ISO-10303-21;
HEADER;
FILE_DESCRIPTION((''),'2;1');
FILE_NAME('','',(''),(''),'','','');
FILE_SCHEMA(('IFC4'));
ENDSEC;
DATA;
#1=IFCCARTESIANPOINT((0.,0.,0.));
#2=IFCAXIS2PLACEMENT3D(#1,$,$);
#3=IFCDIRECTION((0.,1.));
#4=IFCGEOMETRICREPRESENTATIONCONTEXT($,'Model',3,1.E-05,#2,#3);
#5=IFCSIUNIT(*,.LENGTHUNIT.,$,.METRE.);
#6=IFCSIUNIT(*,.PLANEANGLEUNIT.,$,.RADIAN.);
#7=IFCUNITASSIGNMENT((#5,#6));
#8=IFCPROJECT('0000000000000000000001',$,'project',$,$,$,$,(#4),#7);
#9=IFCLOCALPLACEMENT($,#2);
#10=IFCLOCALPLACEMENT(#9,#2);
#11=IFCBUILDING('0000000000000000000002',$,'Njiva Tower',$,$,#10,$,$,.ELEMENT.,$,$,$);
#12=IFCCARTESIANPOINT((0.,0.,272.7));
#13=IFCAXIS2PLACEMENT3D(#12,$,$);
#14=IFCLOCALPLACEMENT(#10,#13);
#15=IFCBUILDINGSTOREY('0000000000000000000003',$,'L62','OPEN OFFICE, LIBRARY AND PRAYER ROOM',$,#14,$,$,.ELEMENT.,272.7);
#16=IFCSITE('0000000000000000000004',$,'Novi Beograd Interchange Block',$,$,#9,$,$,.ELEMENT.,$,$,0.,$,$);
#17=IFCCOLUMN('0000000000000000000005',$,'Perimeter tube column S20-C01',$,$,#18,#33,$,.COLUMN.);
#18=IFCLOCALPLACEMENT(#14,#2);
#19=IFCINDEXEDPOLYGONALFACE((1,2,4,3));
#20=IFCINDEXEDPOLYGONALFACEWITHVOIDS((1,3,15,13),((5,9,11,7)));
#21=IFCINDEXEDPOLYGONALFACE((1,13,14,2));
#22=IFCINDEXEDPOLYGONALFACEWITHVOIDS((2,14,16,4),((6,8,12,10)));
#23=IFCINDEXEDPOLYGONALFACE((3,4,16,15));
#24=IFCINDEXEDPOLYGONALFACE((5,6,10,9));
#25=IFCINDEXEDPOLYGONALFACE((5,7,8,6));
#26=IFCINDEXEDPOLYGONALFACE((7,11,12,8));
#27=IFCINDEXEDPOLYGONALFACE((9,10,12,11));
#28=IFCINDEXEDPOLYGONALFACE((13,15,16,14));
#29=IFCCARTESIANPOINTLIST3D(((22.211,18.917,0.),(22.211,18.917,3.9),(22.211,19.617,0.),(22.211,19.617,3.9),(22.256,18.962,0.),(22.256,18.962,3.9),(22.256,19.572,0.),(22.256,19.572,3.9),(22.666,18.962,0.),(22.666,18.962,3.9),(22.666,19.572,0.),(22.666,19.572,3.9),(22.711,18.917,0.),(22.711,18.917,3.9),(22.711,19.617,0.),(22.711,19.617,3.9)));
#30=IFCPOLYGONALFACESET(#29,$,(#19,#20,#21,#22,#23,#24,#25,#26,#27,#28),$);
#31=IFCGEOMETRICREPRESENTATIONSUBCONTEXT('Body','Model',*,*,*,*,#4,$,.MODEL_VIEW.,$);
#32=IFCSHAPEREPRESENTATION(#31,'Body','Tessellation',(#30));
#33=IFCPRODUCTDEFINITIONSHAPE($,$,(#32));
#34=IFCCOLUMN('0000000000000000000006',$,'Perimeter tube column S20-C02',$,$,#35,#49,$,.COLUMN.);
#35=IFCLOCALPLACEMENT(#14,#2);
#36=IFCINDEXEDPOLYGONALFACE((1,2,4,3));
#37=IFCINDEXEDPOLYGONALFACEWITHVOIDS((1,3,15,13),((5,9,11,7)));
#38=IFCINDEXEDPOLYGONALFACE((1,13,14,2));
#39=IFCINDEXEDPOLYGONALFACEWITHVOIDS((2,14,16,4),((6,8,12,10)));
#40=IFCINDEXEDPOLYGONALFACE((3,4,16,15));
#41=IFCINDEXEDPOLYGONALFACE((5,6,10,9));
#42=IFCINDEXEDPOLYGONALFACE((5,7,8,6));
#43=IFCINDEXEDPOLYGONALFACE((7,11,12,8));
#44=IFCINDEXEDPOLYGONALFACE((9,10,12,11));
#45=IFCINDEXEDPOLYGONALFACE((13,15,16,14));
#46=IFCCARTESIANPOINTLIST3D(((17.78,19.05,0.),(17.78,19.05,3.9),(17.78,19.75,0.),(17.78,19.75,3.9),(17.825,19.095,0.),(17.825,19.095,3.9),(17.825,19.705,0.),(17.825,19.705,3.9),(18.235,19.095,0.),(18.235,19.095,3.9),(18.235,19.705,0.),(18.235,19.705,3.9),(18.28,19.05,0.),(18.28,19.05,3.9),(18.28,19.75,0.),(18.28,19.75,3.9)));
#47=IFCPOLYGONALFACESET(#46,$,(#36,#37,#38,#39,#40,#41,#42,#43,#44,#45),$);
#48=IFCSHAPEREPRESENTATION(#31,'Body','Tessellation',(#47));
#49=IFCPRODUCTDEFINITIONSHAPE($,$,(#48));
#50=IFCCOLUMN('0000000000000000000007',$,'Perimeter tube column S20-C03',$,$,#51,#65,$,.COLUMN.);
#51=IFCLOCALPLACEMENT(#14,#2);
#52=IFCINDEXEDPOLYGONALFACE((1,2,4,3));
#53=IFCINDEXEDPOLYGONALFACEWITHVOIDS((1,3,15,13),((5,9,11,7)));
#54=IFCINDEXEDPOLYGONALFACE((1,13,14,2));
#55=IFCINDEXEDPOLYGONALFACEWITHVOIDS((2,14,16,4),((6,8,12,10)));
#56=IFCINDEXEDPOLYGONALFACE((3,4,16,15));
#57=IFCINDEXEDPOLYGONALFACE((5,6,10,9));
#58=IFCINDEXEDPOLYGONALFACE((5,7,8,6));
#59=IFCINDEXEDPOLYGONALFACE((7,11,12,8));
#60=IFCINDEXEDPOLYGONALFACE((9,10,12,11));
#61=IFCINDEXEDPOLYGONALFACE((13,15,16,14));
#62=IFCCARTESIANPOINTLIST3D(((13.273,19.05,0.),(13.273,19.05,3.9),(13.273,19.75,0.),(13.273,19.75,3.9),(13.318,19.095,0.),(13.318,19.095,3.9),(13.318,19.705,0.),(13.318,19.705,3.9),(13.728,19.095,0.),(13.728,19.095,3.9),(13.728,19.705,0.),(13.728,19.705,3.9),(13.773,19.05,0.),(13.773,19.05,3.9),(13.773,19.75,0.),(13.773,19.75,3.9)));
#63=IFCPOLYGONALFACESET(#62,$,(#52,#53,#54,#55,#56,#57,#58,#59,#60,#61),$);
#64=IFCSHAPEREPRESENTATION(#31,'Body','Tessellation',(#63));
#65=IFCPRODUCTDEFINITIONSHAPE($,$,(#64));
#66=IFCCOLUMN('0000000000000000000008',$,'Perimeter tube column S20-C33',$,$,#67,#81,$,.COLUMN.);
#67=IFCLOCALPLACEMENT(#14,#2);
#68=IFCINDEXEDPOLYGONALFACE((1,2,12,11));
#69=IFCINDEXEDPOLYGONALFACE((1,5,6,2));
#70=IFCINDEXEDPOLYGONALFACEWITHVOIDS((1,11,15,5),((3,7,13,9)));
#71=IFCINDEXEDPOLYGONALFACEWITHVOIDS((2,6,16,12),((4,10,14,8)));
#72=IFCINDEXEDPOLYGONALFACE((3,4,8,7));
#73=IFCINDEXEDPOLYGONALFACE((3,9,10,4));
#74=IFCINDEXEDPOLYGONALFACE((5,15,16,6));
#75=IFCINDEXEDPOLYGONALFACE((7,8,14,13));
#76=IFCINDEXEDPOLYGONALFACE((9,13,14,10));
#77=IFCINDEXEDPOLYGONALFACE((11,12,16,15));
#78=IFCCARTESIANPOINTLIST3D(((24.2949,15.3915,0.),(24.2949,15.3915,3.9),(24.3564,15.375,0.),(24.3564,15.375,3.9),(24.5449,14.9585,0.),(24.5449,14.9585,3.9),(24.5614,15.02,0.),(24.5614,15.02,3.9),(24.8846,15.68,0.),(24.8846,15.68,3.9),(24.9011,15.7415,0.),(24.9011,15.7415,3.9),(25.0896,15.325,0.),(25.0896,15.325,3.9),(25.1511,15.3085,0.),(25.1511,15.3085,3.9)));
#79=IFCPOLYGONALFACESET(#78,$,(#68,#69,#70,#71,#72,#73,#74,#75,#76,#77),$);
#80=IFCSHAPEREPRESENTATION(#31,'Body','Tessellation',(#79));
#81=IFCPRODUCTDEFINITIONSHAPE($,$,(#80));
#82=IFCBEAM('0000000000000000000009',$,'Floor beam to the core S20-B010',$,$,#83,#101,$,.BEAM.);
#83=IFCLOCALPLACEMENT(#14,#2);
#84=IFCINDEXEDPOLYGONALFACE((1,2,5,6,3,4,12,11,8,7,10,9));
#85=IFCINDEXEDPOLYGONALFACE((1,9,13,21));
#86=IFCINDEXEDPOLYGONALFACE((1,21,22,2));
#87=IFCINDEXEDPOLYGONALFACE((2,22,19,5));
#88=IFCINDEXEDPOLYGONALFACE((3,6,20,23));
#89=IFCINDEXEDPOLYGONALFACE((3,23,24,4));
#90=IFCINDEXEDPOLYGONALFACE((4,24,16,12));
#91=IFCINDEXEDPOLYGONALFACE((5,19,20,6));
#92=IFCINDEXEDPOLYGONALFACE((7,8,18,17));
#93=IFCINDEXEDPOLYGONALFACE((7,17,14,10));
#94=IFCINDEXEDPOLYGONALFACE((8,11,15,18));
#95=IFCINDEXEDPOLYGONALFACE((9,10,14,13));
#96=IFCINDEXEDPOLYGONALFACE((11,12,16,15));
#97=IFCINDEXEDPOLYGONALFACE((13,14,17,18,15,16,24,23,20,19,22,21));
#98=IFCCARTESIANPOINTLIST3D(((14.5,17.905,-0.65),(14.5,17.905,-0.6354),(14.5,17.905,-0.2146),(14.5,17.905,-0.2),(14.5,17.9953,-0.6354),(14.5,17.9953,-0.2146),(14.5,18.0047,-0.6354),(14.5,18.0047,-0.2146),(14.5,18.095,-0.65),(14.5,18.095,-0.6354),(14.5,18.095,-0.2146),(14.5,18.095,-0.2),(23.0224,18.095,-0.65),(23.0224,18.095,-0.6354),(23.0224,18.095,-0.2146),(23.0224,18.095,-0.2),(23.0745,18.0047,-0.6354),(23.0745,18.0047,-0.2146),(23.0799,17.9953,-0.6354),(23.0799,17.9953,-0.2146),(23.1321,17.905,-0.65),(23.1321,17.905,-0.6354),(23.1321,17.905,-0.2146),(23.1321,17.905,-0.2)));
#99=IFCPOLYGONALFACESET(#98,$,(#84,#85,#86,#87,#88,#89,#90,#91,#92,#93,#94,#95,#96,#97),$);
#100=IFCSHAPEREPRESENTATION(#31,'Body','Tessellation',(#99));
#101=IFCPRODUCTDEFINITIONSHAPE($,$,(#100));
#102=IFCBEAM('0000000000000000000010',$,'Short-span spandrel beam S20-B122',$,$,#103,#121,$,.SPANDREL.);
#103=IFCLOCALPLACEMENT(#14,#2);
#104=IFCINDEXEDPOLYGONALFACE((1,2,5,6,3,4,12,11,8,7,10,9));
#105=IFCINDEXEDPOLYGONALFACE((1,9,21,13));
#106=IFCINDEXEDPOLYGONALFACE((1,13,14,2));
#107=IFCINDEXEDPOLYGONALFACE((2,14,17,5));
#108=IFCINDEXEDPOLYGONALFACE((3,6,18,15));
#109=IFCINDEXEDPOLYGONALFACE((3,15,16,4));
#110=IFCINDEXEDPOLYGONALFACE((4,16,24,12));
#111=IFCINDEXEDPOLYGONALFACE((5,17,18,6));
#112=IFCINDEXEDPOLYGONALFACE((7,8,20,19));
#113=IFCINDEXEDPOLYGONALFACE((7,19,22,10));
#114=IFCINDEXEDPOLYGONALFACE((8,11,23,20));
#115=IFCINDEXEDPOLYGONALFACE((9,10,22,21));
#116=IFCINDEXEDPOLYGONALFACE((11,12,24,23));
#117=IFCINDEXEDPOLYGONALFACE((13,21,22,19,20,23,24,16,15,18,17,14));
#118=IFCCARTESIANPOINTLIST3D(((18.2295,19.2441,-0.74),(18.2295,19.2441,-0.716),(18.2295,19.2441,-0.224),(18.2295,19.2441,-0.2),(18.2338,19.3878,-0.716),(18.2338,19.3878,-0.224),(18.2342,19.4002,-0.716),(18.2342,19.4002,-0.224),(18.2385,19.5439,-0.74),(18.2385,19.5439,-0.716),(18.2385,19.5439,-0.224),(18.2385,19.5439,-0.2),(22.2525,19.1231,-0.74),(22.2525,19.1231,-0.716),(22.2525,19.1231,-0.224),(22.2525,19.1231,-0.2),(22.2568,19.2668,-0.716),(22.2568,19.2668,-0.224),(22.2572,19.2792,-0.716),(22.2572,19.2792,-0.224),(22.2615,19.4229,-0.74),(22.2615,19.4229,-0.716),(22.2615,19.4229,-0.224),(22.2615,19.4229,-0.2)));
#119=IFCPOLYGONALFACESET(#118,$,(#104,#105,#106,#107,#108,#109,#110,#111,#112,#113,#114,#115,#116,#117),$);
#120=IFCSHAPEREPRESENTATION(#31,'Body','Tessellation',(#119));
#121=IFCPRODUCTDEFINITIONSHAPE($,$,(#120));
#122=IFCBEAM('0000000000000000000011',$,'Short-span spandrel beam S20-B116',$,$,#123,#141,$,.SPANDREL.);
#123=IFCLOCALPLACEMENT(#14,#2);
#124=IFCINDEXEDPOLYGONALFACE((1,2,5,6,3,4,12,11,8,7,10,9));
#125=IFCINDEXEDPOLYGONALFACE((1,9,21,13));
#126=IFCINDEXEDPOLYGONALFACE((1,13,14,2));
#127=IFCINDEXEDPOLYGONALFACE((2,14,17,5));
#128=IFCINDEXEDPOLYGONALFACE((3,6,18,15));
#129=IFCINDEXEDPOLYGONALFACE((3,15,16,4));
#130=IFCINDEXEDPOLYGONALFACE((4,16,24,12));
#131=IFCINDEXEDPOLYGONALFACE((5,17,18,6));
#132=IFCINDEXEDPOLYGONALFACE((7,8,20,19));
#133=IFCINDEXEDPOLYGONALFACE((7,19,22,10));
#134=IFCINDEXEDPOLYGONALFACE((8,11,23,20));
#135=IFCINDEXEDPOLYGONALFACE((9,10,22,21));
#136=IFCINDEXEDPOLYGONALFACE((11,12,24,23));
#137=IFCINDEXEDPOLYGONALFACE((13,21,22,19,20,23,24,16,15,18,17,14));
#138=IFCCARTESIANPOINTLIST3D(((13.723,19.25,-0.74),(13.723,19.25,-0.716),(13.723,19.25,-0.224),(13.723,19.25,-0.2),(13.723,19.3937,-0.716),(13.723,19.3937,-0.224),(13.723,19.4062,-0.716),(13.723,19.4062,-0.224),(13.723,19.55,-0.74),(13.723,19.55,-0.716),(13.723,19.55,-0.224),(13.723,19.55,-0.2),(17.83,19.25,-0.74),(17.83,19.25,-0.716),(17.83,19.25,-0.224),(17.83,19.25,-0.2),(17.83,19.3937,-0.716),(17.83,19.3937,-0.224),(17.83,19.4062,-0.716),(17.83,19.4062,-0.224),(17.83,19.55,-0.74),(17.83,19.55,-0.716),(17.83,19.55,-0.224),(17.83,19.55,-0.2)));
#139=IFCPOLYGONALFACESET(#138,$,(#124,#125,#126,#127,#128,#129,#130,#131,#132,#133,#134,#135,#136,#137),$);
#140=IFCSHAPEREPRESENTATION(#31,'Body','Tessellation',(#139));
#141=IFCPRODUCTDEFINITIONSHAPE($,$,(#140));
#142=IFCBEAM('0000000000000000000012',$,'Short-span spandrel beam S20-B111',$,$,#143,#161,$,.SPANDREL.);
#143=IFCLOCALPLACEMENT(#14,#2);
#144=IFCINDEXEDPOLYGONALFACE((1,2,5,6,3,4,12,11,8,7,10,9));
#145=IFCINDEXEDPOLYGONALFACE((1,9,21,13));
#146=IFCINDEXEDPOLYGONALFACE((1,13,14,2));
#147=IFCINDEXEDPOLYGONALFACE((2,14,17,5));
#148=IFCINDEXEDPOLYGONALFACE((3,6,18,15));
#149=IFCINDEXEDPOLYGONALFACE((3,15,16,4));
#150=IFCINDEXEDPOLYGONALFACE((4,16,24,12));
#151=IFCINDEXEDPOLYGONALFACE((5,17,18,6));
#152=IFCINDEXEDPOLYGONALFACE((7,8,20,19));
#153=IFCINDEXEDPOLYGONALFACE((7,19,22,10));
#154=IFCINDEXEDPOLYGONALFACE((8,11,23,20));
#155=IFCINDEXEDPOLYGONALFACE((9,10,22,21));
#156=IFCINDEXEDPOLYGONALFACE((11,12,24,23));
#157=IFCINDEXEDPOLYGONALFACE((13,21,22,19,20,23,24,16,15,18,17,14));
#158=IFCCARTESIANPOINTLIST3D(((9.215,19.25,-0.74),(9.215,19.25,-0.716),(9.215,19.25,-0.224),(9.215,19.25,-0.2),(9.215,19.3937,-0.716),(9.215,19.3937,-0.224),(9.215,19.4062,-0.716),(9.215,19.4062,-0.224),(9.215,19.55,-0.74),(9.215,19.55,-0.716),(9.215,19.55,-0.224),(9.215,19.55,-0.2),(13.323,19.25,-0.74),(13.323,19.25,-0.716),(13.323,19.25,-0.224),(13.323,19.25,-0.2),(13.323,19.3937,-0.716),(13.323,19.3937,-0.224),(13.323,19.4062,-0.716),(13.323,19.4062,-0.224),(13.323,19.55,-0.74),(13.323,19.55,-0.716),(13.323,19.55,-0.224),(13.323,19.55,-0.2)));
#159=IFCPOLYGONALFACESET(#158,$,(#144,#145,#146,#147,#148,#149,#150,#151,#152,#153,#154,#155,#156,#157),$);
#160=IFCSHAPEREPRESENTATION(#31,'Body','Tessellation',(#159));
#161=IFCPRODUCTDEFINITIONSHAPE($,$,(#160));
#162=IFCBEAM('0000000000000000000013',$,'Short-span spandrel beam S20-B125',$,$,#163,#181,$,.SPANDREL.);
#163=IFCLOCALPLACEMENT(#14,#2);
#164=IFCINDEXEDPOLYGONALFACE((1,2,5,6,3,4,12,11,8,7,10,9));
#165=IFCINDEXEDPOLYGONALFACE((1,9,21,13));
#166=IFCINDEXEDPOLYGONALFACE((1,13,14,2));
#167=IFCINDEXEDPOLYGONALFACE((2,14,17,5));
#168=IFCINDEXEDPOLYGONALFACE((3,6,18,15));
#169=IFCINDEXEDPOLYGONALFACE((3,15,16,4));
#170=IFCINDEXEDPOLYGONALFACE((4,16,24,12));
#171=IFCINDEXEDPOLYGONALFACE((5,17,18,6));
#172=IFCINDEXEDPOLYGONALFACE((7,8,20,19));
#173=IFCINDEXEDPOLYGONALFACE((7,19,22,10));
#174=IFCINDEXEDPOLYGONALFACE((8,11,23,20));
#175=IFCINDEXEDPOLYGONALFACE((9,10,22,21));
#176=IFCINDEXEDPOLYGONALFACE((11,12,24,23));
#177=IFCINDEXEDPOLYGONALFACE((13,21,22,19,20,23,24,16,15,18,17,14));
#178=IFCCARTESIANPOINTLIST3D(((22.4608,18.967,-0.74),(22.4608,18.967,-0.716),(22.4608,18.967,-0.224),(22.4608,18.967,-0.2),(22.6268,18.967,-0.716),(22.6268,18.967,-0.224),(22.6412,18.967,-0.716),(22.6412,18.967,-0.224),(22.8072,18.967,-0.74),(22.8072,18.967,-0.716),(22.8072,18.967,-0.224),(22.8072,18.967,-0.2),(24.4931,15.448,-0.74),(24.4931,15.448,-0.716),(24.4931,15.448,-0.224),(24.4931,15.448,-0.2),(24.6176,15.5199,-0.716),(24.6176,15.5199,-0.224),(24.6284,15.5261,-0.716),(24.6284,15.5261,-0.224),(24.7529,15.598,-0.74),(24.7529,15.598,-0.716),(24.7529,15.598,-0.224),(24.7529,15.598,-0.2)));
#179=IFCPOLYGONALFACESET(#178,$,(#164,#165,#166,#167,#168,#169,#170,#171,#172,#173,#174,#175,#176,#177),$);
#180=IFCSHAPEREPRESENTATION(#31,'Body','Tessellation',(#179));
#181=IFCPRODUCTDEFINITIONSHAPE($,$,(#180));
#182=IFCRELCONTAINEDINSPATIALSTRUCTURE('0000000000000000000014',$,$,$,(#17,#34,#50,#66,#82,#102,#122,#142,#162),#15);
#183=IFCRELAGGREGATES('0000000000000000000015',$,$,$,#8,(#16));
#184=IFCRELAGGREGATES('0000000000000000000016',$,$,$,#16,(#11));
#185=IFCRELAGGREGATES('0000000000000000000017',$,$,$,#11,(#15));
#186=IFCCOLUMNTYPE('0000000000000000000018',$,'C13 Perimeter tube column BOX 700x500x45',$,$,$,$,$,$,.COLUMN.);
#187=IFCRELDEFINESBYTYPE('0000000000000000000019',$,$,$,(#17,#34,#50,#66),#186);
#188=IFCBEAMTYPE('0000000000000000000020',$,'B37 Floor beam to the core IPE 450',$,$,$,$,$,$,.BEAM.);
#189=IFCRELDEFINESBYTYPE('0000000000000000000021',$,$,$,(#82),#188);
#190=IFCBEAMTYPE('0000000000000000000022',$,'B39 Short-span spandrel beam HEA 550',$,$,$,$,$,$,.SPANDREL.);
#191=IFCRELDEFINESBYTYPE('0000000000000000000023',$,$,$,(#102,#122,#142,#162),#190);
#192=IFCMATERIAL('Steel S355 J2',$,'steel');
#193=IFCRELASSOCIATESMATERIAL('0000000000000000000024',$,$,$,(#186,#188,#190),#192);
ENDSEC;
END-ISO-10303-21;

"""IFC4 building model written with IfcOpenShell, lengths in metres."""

from ifc_helpers import new_model, si_unit, direction, frame, origin, origin_2d, place, context, subcontext, project, spatial, hollow_rectangle, i_section, extrude, clip, halfspace, material, material_profile, profile_set, type_object, element, save


model = new_model("IFC4")

# Units and contexts
model_context = context("Model", 3, precision=1e-05, world=origin(), true_north=direction((0.0, 1.0)))
body_context = subcontext(model_context, "Body", "Model", "MODEL_VIEW")
ifc_project = project(units=[si_unit("LENGTHUNIT", "METRE"), si_unit("PLANEANGLEUNIT", "RADIAN")], contexts=[model_context])

# Site, building, storey
site_placement = place(None, origin())
site = spatial("IfcSite", under=ifc_project, at=site_placement, Name="Novi Beograd Interchange Block", CompositionType="ELEMENT", RefElevation=0.0)
building_placement = place(site_placement, origin())
building = spatial("IfcBuilding", under=site, at=building_placement, Name="Njiva Tower", CompositionType="ELEMENT")
storey_placement = place(building_placement, frame((0.0, 0.0, 272.7)))
storey = spatial("IfcBuildingStorey", under=building, at=storey_placement, Name="L62", Description="OPEN OFFICE, LIBRARY AND PRAYER ROOM", CompositionType="ELEMENT", Elevation=272.7)

# Columns
ifc_material_1 = material(Name="Steel S355 J2", Category="steel")
ifc_material_profile_1 = material_profile(ifc_material_1, hollow_rectangle(XDim=0.5, YDim=0.7, WallThickness=0.045, at=origin_2d()), Name="BOX 700x500x45")
ifc_profile_set_1 = profile_set([ifc_material_profile_1], Name="Steel S355 J2")
column_type = type_object("IfcColumnType", Name="C13 Perimeter tube column BOX 700x500x45", PredefinedType="COLUMN", material=ifc_profile_set_1)
for number, where, z_axis, x_axis, name in (
    (1, (22.461, 19.267, 0.0), (0.0, 0.0, 1.0), (-1.0, 0.0, 0.0), "Perimeter tube column S20-C01"),
    (2, (18.03, 19.4, 0.0), (0.0, 0.0, 1.0), (-1.0, 0.0, 0.0), "Perimeter tube column S20-C02"),
    (3, (13.523, 19.4, 0.0), (0.0, 0.0, 1.0), (-1.0, 0.0, 0.0), "Perimeter tube column S20-C03"),
    (4, (24.723, 15.35, 0.0), (0.0, 0.0, 1.0), (-0.5, 0.866025, 0.0), "Perimeter tube column S20-C33"),
):
    element("IfcColumn", number, at=place(storey_placement, frame(where, z_axis=z_axis, x_axis=x_axis)), inside=storey, type_object=column_type, Name=name, PredefinedType="COLUMN", context=body_context, shape_type="SweptSolid", body=[
        extrude(hollow_rectangle(XDim=0.5, YDim=0.7, WallThickness=0.045, at=origin_2d()), origin(), (0.0, 0.0, 1.0), 3.9),
    ])

# Beams
ifc_material_profile_2 = material_profile(ifc_material_1, i_section(OverallWidth=0.19, OverallDepth=0.45, WebThickness=0.0094, FlangeThickness=0.0146, at=origin_2d()), Name="IPE 450")
ifc_profile_set_2 = profile_set([ifc_material_profile_2], Name="Steel S355 J2")
beam_type_1 = type_object("IfcBeamType", Name="B37 Floor beam to the core IPE 450", PredefinedType="BEAM", material=ifc_profile_set_2)
beam_1_placement = place(storey_placement, frame((14.5, 18.0, -0.425), z_axis=(1.0, 0.0, 0.0), x_axis=(0.0, 1.0, 0.0)))
element("IfcBeam", 5, at=beam_1_placement, inside=storey, type_object=beam_type_1, Name="Floor beam to the core S20-B010", PredefinedType="BEAM", context=body_context, shape_type="Clipping", body=[
    clip(extrude(i_section(OverallWidth=0.19, OverallDepth=0.45, WebThickness=0.0094, FlangeThickness=0.0146, at=origin_2d()), origin(), (0.0, 0.0, 1.0), 8.652), halfspace(frame((0.025, 0.0, 8.5628), z_axis=(0.499998, 0.0, 0.866027), x_axis=(0.0, 1.0, 0.0)), False)),
])
ifc_material_profile_3 = material_profile(ifc_material_1, i_section(OverallWidth=0.3, OverallDepth=0.54, WebThickness=0.0125, FlangeThickness=0.024, at=origin_2d()), Name="HEA 550")
ifc_profile_set_3 = profile_set([ifc_material_profile_3], Name="Steel S355 J2")
beam_type_2 = type_object("IfcBeamType", Name="B39 Short-span spandrel beam HEA 550", PredefinedType="SPANDREL", material=ifc_profile_set_3)
beam_2_placement = place(storey_placement, frame((22.257, 19.273, -0.47), z_axis=(-0.999548, 0.030063, 0.0), x_axis=(-0.030063, -0.999548, 0.0)))
element("IfcBeam", 6, at=beam_2_placement, inside=storey, type_object=beam_type_2, Name="Short-span spandrel beam S20-B122", PredefinedType="SPANDREL", context=body_context, shape_type="SweptSolid", body=[
    extrude(i_section(OverallWidth=0.3, OverallDepth=0.54, WebThickness=0.0125, FlangeThickness=0.024, at=origin_2d()), origin(), (0.0, 0.0, 1.0), 4.0248),
])
beam_3_placement = place(storey_placement, frame((17.83, 19.4, -0.47), z_axis=(-1.0, 0.0, 0.0), x_axis=(0.0, -1.0, 0.0)))
element("IfcBeam", 7, at=beam_3_placement, inside=storey, type_object=beam_type_2, Name="Short-span spandrel beam S20-B116", PredefinedType="SPANDREL", context=body_context, shape_type="SweptSolid", body=[
    extrude(i_section(OverallWidth=0.3, OverallDepth=0.54, WebThickness=0.0125, FlangeThickness=0.024, at=origin_2d()), origin(), (0.0, 0.0, 1.0), 4.107),
])
beam_4_placement = place(storey_placement, frame((13.323, 19.4, -0.47), z_axis=(-1.0, 0.0, 0.0), x_axis=(0.0, -1.0, 0.0)))
element("IfcBeam", 8, at=beam_4_placement, inside=storey, type_object=beam_type_2, Name="Short-span spandrel beam S20-B111", PredefinedType="SPANDREL", context=body_context, shape_type="SweptSolid", body=[
    extrude(i_section(OverallWidth=0.3, OverallDepth=0.54, WebThickness=0.0125, FlangeThickness=0.024, at=origin_2d()), origin(), (0.0, 0.0, 1.0), 4.108),
])
beam_5_placement = place(storey_placement, frame((24.623, 15.523, -0.47), z_axis=(-0.500114, 0.865959, 0.0), x_axis=(-0.865959, -0.500114, 0.0)))
element("IfcBeam", 9, at=beam_5_placement, inside=storey, type_object=beam_type_2, Name="Short-span spandrel beam S20-B125", PredefinedType="SPANDREL", context=body_context, shape_type="Clipping", body=[
    clip(extrude(i_section(OverallWidth=0.3, OverallDepth=0.54, WebThickness=0.0125, FlangeThickness=0.024, at=origin_2d()), origin(), (0.0, 0.0, 1.0), 4.0841), halfspace(frame((-0.0254, 0.0, 3.9624), z_axis=(-0.500114, 0.0, 0.865959), x_axis=(0.0, 1.0, 0.0)), False)),
])

save(model, "model.ifc")
